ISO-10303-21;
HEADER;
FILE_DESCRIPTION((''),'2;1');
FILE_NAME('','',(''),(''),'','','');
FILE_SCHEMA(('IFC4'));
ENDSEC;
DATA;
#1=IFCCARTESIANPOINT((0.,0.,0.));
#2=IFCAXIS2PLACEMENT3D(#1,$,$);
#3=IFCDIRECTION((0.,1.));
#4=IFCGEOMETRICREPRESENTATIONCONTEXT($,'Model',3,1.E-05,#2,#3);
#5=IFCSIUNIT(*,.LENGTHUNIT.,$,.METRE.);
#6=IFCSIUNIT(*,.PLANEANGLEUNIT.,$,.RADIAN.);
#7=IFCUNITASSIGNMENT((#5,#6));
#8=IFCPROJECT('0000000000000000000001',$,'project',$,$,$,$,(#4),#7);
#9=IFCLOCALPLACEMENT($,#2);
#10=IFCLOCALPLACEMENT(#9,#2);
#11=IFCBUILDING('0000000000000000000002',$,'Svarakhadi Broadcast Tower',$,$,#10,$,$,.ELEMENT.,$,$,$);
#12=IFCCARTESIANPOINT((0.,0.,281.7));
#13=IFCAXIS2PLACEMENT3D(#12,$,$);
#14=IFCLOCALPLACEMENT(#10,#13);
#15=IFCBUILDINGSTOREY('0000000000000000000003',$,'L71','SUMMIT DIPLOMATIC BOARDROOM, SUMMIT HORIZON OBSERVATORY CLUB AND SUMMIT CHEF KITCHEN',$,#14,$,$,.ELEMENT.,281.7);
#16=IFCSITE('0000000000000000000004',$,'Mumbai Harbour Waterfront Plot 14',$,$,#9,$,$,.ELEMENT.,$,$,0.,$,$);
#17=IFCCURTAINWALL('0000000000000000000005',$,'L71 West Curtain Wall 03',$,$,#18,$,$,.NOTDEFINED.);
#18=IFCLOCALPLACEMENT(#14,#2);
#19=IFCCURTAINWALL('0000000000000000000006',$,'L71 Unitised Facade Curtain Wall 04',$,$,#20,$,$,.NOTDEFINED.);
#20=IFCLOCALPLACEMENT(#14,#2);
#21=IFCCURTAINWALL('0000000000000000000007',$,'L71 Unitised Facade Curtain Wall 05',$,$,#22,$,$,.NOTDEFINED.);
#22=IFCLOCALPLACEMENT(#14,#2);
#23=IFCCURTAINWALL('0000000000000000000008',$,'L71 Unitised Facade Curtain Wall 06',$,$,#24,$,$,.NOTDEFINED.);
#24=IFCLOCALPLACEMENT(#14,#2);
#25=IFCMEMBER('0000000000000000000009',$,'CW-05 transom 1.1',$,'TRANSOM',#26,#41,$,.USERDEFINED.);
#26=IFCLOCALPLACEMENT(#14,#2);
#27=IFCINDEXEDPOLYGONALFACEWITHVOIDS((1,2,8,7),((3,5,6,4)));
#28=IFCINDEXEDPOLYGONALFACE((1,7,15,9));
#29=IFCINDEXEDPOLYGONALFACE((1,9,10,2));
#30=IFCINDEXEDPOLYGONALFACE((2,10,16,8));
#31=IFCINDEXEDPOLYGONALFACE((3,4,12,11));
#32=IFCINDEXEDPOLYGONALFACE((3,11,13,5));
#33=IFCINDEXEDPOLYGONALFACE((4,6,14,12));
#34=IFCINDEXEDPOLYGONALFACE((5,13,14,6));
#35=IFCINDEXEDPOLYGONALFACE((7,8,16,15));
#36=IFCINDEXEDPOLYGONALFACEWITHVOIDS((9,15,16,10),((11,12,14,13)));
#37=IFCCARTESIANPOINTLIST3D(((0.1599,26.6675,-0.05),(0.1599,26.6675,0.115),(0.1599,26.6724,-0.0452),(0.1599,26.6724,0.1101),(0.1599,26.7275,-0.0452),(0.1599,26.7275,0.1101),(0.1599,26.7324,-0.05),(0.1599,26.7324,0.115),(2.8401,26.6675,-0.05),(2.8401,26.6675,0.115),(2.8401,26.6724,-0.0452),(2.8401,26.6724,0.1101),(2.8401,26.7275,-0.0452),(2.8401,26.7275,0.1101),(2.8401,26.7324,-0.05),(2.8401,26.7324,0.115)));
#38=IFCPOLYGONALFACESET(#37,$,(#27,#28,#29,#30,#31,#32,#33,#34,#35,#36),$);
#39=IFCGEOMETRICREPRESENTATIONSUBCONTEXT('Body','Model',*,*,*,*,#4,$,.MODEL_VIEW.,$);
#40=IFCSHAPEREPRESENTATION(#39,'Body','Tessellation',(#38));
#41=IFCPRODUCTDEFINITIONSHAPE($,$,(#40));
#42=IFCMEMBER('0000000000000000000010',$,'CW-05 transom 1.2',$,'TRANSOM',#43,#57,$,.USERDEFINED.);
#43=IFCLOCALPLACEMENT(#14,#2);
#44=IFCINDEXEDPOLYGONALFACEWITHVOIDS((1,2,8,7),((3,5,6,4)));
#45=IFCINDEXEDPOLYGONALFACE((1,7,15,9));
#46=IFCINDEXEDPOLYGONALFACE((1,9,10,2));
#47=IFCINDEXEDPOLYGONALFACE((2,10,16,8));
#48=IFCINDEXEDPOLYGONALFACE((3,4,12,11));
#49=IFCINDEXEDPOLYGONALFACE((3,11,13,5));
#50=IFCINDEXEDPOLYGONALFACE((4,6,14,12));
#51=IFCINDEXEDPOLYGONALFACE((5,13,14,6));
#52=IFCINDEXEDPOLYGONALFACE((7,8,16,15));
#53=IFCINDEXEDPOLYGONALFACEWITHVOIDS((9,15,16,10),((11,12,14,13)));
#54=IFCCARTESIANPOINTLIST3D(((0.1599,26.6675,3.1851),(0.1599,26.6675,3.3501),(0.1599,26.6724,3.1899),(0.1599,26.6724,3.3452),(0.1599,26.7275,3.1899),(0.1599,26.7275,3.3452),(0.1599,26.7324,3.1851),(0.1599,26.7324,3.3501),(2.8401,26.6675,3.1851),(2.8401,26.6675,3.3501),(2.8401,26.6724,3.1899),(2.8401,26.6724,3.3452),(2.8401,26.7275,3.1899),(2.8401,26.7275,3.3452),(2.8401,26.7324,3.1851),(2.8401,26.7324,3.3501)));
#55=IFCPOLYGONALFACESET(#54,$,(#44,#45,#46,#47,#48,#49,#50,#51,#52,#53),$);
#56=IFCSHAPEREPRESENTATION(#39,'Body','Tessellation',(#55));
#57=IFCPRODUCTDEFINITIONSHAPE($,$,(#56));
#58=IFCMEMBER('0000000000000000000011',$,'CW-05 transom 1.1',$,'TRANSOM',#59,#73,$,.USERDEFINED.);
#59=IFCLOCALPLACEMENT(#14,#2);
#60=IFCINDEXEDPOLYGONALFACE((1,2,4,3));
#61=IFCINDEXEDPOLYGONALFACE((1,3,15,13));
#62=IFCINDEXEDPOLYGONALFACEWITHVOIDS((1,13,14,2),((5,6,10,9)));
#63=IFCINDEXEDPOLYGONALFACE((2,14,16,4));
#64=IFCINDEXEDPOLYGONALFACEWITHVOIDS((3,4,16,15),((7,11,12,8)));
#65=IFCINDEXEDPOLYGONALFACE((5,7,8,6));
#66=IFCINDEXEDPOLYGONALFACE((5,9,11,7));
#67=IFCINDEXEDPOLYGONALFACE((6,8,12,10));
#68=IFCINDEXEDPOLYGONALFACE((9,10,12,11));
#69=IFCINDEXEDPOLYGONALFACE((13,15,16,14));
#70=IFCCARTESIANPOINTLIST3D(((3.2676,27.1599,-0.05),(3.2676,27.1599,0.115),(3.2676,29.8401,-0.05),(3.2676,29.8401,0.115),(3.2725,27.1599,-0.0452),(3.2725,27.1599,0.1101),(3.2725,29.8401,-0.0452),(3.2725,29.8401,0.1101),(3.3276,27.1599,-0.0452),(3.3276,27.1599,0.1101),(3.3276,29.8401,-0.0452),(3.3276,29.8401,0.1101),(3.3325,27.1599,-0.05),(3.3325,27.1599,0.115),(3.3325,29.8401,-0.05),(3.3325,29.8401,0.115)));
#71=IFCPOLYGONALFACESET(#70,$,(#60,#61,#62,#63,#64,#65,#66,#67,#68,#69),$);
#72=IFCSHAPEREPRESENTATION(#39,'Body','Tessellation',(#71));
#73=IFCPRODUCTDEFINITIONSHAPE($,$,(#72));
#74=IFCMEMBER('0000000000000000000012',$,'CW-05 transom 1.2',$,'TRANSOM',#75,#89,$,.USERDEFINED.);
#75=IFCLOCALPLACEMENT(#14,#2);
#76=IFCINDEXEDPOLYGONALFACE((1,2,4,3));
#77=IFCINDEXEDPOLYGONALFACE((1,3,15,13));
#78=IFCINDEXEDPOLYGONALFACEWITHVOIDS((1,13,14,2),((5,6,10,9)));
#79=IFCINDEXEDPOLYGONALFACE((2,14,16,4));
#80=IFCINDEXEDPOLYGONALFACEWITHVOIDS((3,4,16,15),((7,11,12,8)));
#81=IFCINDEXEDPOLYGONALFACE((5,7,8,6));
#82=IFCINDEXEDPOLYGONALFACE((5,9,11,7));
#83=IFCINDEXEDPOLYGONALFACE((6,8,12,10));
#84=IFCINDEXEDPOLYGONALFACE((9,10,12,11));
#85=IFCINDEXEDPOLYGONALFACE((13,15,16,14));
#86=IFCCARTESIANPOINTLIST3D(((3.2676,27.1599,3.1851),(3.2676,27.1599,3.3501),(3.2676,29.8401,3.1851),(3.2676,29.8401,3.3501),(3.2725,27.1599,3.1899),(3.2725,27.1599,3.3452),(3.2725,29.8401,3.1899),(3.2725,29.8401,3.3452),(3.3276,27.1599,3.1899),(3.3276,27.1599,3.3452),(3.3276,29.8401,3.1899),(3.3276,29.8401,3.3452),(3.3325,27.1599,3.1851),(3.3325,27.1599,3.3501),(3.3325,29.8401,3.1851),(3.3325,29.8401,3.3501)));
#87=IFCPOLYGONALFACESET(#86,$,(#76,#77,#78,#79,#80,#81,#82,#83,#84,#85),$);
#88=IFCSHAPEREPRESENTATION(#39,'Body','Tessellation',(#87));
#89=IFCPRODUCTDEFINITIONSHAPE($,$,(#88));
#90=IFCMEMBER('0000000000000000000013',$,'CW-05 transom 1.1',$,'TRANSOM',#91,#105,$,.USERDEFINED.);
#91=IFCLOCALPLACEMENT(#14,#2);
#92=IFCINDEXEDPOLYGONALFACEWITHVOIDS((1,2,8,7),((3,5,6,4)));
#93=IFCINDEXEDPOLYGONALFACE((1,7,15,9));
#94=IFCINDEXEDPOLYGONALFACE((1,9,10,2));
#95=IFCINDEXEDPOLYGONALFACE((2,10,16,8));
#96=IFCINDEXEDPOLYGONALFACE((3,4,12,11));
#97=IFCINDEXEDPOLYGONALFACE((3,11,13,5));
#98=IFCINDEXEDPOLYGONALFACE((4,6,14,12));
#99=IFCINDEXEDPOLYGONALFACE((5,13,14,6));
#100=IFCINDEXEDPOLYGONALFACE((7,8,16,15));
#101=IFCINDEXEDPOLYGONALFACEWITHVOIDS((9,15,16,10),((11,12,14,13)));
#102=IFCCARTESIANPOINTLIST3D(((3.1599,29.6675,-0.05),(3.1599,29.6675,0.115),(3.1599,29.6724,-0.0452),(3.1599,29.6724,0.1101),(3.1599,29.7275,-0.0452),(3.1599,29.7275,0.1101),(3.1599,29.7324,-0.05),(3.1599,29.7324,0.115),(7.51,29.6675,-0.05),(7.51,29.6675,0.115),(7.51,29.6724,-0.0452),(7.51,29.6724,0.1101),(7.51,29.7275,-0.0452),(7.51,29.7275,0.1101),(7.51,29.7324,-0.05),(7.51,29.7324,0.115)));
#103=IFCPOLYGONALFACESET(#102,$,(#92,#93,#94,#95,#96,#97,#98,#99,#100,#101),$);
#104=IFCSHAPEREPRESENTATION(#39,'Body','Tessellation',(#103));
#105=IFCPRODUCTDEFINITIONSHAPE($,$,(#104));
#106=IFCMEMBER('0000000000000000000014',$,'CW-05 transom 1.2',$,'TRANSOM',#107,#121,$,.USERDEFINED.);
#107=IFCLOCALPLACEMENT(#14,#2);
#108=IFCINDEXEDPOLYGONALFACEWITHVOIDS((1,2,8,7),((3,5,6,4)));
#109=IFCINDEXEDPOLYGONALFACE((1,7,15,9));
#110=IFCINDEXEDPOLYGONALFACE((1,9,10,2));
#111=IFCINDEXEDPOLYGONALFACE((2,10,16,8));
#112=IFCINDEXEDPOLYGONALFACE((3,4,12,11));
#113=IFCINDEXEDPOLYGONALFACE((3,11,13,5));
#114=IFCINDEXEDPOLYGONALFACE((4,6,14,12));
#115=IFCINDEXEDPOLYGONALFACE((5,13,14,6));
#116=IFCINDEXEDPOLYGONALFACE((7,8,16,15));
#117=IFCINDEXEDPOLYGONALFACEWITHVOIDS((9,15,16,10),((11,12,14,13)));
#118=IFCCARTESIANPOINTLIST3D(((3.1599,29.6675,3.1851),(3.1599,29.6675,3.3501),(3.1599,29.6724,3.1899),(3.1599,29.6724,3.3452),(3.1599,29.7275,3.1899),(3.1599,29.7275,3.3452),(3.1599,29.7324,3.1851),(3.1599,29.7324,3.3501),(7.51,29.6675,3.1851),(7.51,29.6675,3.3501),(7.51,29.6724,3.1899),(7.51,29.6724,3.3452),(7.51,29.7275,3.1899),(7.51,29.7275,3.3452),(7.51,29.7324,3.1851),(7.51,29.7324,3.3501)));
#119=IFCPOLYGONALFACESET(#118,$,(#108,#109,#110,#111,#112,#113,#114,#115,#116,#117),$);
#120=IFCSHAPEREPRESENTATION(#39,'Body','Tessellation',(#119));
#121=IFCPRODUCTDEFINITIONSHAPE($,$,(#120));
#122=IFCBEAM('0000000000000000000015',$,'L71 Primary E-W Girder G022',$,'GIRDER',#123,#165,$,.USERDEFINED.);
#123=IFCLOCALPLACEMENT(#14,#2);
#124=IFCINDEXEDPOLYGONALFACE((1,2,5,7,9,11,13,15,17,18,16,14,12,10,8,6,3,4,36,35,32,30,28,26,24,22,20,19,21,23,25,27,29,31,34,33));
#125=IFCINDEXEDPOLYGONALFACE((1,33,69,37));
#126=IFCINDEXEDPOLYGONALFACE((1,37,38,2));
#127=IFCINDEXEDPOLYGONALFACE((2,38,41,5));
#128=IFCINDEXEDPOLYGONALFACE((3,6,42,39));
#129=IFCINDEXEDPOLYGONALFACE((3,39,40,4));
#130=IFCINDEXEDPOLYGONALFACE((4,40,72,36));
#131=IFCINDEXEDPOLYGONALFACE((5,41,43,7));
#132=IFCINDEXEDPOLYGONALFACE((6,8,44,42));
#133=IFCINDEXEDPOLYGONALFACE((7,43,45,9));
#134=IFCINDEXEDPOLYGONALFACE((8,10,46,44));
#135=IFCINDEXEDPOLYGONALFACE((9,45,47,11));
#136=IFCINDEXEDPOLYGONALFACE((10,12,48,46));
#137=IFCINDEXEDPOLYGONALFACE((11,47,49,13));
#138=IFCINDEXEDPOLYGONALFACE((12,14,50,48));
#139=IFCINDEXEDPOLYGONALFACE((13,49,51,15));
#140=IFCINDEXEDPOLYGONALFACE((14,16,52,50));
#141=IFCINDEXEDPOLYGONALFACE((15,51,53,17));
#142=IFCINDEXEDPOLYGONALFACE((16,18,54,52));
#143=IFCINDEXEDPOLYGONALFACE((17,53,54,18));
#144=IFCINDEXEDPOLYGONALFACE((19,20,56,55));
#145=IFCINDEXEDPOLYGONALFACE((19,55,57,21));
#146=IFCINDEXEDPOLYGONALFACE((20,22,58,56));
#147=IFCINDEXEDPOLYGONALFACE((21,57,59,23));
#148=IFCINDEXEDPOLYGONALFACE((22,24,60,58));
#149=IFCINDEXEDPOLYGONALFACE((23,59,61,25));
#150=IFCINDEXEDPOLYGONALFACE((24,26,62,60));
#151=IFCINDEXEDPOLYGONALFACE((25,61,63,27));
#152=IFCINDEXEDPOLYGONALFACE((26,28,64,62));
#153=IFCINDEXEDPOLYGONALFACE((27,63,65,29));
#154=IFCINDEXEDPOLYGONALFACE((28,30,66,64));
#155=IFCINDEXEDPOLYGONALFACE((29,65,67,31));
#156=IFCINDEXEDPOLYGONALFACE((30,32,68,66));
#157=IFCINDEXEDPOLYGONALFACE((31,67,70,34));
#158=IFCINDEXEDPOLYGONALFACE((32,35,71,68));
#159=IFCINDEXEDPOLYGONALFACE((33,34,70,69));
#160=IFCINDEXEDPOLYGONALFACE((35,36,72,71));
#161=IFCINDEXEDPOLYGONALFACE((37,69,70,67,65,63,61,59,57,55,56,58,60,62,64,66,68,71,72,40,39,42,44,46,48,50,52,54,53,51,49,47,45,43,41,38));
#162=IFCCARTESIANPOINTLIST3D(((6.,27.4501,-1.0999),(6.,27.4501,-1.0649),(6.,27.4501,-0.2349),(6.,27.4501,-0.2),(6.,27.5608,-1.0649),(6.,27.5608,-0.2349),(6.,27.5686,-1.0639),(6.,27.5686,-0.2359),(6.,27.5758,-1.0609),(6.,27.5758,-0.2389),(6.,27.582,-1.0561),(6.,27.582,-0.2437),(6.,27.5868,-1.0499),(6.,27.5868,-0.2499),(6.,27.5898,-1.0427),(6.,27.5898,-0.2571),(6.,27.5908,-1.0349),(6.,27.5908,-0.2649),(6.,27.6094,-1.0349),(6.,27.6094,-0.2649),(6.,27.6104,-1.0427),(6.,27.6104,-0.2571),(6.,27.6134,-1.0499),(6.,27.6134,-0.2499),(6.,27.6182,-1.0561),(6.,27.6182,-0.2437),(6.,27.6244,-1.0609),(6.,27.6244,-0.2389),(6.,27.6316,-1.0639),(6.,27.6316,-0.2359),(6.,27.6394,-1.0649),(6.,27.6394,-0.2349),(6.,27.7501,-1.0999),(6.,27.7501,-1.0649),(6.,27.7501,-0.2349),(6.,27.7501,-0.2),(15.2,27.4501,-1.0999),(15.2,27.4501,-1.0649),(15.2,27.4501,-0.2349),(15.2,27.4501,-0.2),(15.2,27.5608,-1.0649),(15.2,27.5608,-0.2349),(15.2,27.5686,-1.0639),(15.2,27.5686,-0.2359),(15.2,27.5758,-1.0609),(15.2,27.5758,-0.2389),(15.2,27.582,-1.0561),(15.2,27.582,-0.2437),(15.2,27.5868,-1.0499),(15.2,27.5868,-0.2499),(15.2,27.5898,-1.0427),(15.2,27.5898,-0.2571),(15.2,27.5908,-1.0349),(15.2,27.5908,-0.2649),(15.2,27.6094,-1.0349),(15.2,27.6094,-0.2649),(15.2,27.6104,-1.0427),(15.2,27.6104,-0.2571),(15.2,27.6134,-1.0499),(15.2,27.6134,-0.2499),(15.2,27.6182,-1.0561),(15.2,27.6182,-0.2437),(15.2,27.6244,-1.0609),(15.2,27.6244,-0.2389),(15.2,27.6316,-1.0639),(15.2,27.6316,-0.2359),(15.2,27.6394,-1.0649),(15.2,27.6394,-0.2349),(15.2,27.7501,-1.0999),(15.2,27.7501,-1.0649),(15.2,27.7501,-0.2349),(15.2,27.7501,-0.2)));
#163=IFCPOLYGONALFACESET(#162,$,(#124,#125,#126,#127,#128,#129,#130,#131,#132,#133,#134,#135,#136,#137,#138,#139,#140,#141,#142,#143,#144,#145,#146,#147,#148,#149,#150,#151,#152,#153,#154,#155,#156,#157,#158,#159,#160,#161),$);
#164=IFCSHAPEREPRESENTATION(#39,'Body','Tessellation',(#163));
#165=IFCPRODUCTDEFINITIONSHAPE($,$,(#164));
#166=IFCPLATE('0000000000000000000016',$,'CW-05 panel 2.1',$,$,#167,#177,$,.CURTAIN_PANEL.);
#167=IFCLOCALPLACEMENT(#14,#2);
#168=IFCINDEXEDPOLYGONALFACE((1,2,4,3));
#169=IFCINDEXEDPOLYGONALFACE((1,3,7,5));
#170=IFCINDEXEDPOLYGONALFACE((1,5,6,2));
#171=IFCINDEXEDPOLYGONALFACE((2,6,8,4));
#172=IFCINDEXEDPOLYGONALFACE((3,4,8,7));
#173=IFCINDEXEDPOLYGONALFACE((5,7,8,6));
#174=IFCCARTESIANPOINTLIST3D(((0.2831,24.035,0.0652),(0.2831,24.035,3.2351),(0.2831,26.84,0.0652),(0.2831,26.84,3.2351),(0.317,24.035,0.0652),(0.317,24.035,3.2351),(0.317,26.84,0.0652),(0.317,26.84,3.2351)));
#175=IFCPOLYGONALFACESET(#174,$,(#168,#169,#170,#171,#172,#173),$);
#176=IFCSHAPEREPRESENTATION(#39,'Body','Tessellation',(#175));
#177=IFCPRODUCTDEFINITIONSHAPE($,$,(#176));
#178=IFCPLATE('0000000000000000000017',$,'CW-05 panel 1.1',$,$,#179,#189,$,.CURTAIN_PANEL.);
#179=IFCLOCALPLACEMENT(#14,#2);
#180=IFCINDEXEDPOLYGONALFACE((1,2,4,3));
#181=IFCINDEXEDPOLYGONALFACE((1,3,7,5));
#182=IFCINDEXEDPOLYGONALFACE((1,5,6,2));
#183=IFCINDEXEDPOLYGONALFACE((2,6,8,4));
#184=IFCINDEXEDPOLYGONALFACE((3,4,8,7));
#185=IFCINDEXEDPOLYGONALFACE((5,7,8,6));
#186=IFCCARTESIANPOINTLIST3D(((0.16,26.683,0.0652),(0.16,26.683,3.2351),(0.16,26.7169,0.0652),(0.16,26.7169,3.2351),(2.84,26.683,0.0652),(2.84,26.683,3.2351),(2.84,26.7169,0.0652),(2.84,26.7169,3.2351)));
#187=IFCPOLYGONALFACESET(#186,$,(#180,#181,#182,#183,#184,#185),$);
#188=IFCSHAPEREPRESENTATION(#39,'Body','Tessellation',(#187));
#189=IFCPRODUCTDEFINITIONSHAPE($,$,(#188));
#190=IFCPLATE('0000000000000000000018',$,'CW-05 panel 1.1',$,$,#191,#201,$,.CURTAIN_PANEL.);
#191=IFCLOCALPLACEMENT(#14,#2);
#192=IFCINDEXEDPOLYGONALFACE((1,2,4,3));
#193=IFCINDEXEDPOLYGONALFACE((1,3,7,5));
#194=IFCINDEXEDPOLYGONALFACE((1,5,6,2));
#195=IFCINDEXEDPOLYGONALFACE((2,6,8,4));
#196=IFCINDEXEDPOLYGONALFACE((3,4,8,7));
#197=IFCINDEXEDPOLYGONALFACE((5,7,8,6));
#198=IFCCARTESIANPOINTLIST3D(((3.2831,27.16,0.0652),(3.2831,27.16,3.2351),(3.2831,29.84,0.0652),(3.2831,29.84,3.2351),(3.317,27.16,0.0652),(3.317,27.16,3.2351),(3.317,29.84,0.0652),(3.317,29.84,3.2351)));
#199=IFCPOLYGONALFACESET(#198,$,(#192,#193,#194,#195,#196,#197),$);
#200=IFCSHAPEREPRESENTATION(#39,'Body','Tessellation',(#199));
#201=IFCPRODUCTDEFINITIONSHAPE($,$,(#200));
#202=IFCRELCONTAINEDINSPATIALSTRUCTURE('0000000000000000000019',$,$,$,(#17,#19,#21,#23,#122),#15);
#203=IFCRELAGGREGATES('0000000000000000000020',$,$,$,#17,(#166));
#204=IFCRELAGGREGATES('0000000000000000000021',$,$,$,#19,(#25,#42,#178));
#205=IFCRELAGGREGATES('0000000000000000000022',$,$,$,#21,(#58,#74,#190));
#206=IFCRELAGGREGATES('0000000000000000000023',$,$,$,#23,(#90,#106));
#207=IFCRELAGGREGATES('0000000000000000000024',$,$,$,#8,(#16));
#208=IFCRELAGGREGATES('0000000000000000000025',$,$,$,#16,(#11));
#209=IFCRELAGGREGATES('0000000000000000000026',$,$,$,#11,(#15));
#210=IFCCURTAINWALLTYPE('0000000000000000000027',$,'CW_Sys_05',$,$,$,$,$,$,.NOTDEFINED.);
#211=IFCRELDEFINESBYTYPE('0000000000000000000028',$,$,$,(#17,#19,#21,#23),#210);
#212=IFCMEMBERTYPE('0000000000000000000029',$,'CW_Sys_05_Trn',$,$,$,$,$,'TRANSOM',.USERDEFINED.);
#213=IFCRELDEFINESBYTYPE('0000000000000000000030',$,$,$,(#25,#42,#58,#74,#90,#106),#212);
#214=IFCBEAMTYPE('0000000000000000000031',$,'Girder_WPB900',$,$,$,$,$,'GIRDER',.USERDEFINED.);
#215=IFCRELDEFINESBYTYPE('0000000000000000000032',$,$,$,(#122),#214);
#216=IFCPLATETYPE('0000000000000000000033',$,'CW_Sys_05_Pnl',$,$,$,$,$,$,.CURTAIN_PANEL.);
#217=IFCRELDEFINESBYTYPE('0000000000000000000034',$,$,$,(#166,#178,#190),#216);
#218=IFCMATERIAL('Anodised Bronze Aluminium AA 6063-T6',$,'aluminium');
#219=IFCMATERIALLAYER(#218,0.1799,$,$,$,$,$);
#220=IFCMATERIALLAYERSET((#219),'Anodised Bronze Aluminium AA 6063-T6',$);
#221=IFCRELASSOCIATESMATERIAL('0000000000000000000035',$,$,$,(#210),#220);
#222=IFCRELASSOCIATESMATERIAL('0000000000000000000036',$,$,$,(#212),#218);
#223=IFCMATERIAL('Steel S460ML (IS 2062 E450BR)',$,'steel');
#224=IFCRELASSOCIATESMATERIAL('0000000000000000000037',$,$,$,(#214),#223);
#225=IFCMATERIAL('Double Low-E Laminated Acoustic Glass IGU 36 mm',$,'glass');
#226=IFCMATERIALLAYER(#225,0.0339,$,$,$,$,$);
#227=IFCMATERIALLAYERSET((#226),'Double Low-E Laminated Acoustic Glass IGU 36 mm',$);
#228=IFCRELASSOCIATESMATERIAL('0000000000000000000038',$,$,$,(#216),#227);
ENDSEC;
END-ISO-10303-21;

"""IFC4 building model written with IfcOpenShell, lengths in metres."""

from ifc_helpers import new_model, si_unit, direction, frame, origin, origin_2d, place, context, subcontext, project, spatial, rectangle, hollow_rectangle, i_section, extrude, material, layer, layer_set, material_profile, profile_set, type_object, element, aggregate, save


model = new_model("IFC4")

# Units and contexts
model_context = context("Model", 3, precision=1e-05, world=origin(), true_north=direction((0.0, 1.0)))
body_context = subcontext(model_context, "Body", "Model", "MODEL_VIEW")
ifc_project = project(units=[si_unit("LENGTHUNIT", "METRE"), si_unit("PLANEANGLEUNIT", "RADIAN")], contexts=[model_context])

# Site, building, storey
site_placement = place(None, origin())
site = spatial("IfcSite", under=ifc_project, at=site_placement, Name="Mumbai Harbour Waterfront Plot 14", CompositionType="ELEMENT", RefElevation=0.0)
building_placement = place(site_placement, origin())
building = spatial("IfcBuilding", under=site, at=building_placement, Name="Svarakhadi Broadcast Tower", CompositionType="ELEMENT")
storey_placement = place(building_placement, frame((0.0, 0.0, 281.7)))
storey = spatial("IfcBuildingStorey", under=building, at=storey_placement, Name="L71", Description="SUMMIT DIPLOMATIC BOARDROOM, SUMMIT HORIZON OBSERVATORY CLUB AND SUMMIT CHEF KITCHEN", CompositionType="ELEMENT", Elevation=281.7)

# Shared definitions
ifc_material_1 = material(Name="Steel S460ML (IS 2062 E450BR)", Category="steel")

# Curtain wall
ifc_material_2 = material(Name="Anodised Bronze Aluminium AA 6063-T6", Category="aluminium")
ifc_layer_1 = layer(ifc_material_2, 0.1799)
ifc_layer_set_1 = layer_set([ifc_layer_1], Name="Anodised Bronze Aluminium AA 6063-T6")
curtain_wall_type = type_object("IfcCurtainWallType", Name="CW_Sys_05", PredefinedType="NOTDEFINED", material=ifc_layer_set_1)
curtain_wall_1_placement = place(storey_placement, origin())
curtain_wall_1 = element("IfcCurtainWall", 1, at=curtain_wall_1_placement, inside=storey, type_object=curtain_wall_type, Name="L71 West Curtain Wall 03", PredefinedType="NOTDEFINED")

# Curtain walls
curtain_wall_2_placement = place(storey_placement, origin())
curtain_wall_2 = element("IfcCurtainWall", 2, at=curtain_wall_2_placement, inside=storey, type_object=curtain_wall_type, Name="L71 Unitised Facade Curtain Wall 04", PredefinedType="NOTDEFINED")
curtain_wall_3_placement = place(storey_placement, origin())
curtain_wall_3 = element("IfcCurtainWall", 3, at=curtain_wall_3_placement, inside=storey, type_object=curtain_wall_type, Name="L71 Unitised Facade Curtain Wall 05", PredefinedType="NOTDEFINED")

# Curtain wall
curtain_wall_4_placement = place(storey_placement, origin())
curtain_wall_4 = element("IfcCurtainWall", 4, at=curtain_wall_4_placement, inside=storey, type_object=curtain_wall_type, Name="L71 Unitised Facade Curtain Wall 06", PredefinedType="NOTDEFINED")

# Members
ifc_material_profile_1 = material_profile(ifc_material_2, hollow_rectangle(XDim=0.0649, YDim=0.165, WallThickness=0.0049, at=origin_2d()), Name="ALU TRANSOM 165x65x5")
ifc_profile_set_1 = profile_set([ifc_material_profile_1], Name="Anodised Bronze Aluminium AA 6063-T6")
member_type_1 = type_object("IfcMemberType", Name="CW_Sys_05_Trn", ElementType="TRANSOM", PredefinedType="USERDEFINED", material=ifc_profile_set_1)
member_1_placement = place(storey_placement, frame((0.1599, 26.7, 0.0325), z_axis=(1.0, 0.0, 0.0), x_axis=(0.0, 1.0, 0.0)))
member_1 = element("IfcMember", 5, at=member_1_placement, type_object=member_type_1, Name="CW-05 transom 1.1", ObjectType="TRANSOM", PredefinedType="USERDEFINED", context=body_context, shape_type="SweptSolid", body=[
    extrude(hollow_rectangle(XDim=0.0649, YDim=0.165, WallThickness=0.0049, at=origin_2d()), origin(), (0.0, 0.0, 1.0), 2.6802),
])
member_2_placement = place(storey_placement, frame((0.1599, 26.7, 3.2676), z_axis=(1.0, 0.0, 0.0), x_axis=(0.0, 1.0, 0.0)))
member_2 = element("IfcMember", 6, at=member_2_placement, type_object=member_type_1, Name="CW-05 transom 1.2", ObjectType="TRANSOM", PredefinedType="USERDEFINED", context=body_context, shape_type="SweptSolid", body=[
    extrude(hollow_rectangle(XDim=0.0649, YDim=0.165, WallThickness=0.0049, at=origin_2d()), origin(), (0.0, 0.0, 1.0), 2.6802),
])
member_3_placement = place(storey_placement, frame((3.3, 27.1599, 0.0325), z_axis=(0.0, 1.0, 0.0), x_axis=(-1.0, 0.0, 0.0)))
member_3 = element("IfcMember", 7, at=member_3_placement, type_object=member_type_1, Name="CW-05 transom 1.1", ObjectType="TRANSOM", PredefinedType="USERDEFINED", context=body_context, shape_type="SweptSolid", body=[
    extrude(hollow_rectangle(XDim=0.0649, YDim=0.165, WallThickness=0.0049, at=origin_2d()), origin(), (0.0, 0.0, 1.0), 2.6802),
])
member_4_placement = place(storey_placement, frame((3.3, 27.1599, 3.2676), z_axis=(0.0, 1.0, 0.0), x_axis=(-1.0, 0.0, 0.0)))
member_4 = element("IfcMember", 8, at=member_4_placement, type_object=member_type_1, Name="CW-05 transom 1.2", ObjectType="TRANSOM", PredefinedType="USERDEFINED", context=body_context, shape_type="SweptSolid", body=[
    extrude(hollow_rectangle(XDim=0.0649, YDim=0.165, WallThickness=0.0049, at=origin_2d()), origin(), (0.0, 0.0, 1.0), 2.6802),
])
member_5_placement = place(storey_placement, frame((3.1599, 29.7, 0.0325), z_axis=(1.0, 0.0, 0.0), x_axis=(0.0, 1.0, 0.0)))
member_5 = element("IfcMember", 9, at=member_5_placement, type_object=member_type_1, Name="CW-05 transom 1.1", ObjectType="TRANSOM", PredefinedType="USERDEFINED", context=body_context, shape_type="SweptSolid", body=[
    extrude(hollow_rectangle(XDim=0.0649, YDim=0.165, WallThickness=0.0049, at=origin_2d()), origin(), (0.0, 0.0, 1.0), 4.3501),
])
member_6_placement = place(storey_placement, frame((3.1599, 29.7, 3.2676), z_axis=(1.0, 0.0, 0.0), x_axis=(0.0, 1.0, 0.0)))
member_6 = element("IfcMember", 10, at=member_6_placement, type_object=member_type_1, Name="CW-05 transom 1.2", ObjectType="TRANSOM", PredefinedType="USERDEFINED", context=body_context, shape_type="SweptSolid", body=[
    extrude(hollow_rectangle(XDim=0.0649, YDim=0.165, WallThickness=0.0049, at=origin_2d()), origin(), (0.0, 0.0, 1.0), 4.3501),
])

# Beam
ifc_material_profile_2 = material_profile(ifc_material_1, i_section(OverallWidth=0.3, OverallDepth=0.8999, WebThickness=0.0186, FlangeThickness=0.0349, FilletRadius=0.03, at=origin_2d()), Name="WPB 900x300x291")
ifc_profile_set_2 = profile_set([ifc_material_profile_2], Name="Steel S460ML (IS 2062 E450BR)")
beam_type = type_object("IfcBeamType", Name="Girder_WPB900", ElementType="GIRDER", PredefinedType="USERDEFINED", material=ifc_profile_set_2)
beam_placement = place(storey_placement, frame((6.0, 27.6001, -0.6499), z_axis=(1.0, 0.0, 0.0), x_axis=(0.0, 1.0, 0.0)))
element("IfcBeam", 11, at=beam_placement, inside=storey, type_object=beam_type, Name="L71 Primary E-W Girder G022", ObjectType="GIRDER", PredefinedType="USERDEFINED", context=body_context, shape_type="SweptSolid", body=[
    extrude(i_section(OverallWidth=0.3, OverallDepth=0.8999, WebThickness=0.0186, FlangeThickness=0.0349, FilletRadius=0.03, at=origin_2d()), origin(), (0.0, 0.0, 1.0), 9.2),
])

# Plates
ifc_material_3 = material(Name="Double Low-E Laminated Acoustic Glass IGU 36 mm", Category="glass")
ifc_layer_2 = layer(ifc_material_3, 0.0339)
ifc_layer_set_2 = layer_set([ifc_layer_2], Name="Double Low-E Laminated Acoustic Glass IGU 36 mm")
plate_type = type_object("IfcPlateType", Name="CW_Sys_05_Pnl", PredefinedType="CURTAIN_PANEL", material=ifc_layer_set_2)
plate_1_placement = place(storey_placement, frame((0.3, 25.4375, 0.0652), z_axis=(0.0, 0.0, 1.0), x_axis=(0.0, 1.0, 0.0)))
plate_1 = element("IfcPlate", 12, at=plate_1_placement, type_object=plate_type, Name="CW-05 panel 2.1", PredefinedType="CURTAIN_PANEL", context=body_context, shape_type="SweptSolid", body=[
    extrude(rectangle(XDim=2.8049, YDim=0.0339, at=origin_2d()), origin(), (0.0, 0.0, 1.0), 3.1699),
])
aggregate(curtain_wall_1, [plate_1])
plate_2_placement = place(storey_placement, frame((1.5, 26.7, 0.0652), z_axis=(0.0, 0.0, 1.0), x_axis=(1.0, 0.0, 0.0)))
plate_2 = element("IfcPlate", 13, at=plate_2_placement, type_object=plate_type, Name="CW-05 panel 1.1", PredefinedType="CURTAIN_PANEL", context=body_context, shape_type="SweptSolid", body=[
    extrude(rectangle(XDim=2.6799, YDim=0.0339, at=origin_2d()), origin(), (0.0, 0.0, 1.0), 3.1699),
])
aggregate(curtain_wall_2, [member_1, member_2, plate_2])
plate_3_placement = place(storey_placement, frame((3.3, 28.5, 0.0652), z_axis=(0.0, 0.0, 1.0), x_axis=(0.0, 1.0, 0.0)))
plate_3 = element("IfcPlate", 14, at=plate_3_placement, type_object=plate_type, Name="CW-05 panel 1.1", PredefinedType="CURTAIN_PANEL", context=body_context, shape_type="SweptSolid", body=[
    extrude(rectangle(XDim=2.6799, YDim=0.0339, at=origin_2d()), origin(), (0.0, 0.0, 1.0), 3.1699),
])
aggregate(curtain_wall_3, [member_3, member_4, plate_3])
aggregate(curtain_wall_4, [member_5, member_6])

save(model, "model.ifc")
